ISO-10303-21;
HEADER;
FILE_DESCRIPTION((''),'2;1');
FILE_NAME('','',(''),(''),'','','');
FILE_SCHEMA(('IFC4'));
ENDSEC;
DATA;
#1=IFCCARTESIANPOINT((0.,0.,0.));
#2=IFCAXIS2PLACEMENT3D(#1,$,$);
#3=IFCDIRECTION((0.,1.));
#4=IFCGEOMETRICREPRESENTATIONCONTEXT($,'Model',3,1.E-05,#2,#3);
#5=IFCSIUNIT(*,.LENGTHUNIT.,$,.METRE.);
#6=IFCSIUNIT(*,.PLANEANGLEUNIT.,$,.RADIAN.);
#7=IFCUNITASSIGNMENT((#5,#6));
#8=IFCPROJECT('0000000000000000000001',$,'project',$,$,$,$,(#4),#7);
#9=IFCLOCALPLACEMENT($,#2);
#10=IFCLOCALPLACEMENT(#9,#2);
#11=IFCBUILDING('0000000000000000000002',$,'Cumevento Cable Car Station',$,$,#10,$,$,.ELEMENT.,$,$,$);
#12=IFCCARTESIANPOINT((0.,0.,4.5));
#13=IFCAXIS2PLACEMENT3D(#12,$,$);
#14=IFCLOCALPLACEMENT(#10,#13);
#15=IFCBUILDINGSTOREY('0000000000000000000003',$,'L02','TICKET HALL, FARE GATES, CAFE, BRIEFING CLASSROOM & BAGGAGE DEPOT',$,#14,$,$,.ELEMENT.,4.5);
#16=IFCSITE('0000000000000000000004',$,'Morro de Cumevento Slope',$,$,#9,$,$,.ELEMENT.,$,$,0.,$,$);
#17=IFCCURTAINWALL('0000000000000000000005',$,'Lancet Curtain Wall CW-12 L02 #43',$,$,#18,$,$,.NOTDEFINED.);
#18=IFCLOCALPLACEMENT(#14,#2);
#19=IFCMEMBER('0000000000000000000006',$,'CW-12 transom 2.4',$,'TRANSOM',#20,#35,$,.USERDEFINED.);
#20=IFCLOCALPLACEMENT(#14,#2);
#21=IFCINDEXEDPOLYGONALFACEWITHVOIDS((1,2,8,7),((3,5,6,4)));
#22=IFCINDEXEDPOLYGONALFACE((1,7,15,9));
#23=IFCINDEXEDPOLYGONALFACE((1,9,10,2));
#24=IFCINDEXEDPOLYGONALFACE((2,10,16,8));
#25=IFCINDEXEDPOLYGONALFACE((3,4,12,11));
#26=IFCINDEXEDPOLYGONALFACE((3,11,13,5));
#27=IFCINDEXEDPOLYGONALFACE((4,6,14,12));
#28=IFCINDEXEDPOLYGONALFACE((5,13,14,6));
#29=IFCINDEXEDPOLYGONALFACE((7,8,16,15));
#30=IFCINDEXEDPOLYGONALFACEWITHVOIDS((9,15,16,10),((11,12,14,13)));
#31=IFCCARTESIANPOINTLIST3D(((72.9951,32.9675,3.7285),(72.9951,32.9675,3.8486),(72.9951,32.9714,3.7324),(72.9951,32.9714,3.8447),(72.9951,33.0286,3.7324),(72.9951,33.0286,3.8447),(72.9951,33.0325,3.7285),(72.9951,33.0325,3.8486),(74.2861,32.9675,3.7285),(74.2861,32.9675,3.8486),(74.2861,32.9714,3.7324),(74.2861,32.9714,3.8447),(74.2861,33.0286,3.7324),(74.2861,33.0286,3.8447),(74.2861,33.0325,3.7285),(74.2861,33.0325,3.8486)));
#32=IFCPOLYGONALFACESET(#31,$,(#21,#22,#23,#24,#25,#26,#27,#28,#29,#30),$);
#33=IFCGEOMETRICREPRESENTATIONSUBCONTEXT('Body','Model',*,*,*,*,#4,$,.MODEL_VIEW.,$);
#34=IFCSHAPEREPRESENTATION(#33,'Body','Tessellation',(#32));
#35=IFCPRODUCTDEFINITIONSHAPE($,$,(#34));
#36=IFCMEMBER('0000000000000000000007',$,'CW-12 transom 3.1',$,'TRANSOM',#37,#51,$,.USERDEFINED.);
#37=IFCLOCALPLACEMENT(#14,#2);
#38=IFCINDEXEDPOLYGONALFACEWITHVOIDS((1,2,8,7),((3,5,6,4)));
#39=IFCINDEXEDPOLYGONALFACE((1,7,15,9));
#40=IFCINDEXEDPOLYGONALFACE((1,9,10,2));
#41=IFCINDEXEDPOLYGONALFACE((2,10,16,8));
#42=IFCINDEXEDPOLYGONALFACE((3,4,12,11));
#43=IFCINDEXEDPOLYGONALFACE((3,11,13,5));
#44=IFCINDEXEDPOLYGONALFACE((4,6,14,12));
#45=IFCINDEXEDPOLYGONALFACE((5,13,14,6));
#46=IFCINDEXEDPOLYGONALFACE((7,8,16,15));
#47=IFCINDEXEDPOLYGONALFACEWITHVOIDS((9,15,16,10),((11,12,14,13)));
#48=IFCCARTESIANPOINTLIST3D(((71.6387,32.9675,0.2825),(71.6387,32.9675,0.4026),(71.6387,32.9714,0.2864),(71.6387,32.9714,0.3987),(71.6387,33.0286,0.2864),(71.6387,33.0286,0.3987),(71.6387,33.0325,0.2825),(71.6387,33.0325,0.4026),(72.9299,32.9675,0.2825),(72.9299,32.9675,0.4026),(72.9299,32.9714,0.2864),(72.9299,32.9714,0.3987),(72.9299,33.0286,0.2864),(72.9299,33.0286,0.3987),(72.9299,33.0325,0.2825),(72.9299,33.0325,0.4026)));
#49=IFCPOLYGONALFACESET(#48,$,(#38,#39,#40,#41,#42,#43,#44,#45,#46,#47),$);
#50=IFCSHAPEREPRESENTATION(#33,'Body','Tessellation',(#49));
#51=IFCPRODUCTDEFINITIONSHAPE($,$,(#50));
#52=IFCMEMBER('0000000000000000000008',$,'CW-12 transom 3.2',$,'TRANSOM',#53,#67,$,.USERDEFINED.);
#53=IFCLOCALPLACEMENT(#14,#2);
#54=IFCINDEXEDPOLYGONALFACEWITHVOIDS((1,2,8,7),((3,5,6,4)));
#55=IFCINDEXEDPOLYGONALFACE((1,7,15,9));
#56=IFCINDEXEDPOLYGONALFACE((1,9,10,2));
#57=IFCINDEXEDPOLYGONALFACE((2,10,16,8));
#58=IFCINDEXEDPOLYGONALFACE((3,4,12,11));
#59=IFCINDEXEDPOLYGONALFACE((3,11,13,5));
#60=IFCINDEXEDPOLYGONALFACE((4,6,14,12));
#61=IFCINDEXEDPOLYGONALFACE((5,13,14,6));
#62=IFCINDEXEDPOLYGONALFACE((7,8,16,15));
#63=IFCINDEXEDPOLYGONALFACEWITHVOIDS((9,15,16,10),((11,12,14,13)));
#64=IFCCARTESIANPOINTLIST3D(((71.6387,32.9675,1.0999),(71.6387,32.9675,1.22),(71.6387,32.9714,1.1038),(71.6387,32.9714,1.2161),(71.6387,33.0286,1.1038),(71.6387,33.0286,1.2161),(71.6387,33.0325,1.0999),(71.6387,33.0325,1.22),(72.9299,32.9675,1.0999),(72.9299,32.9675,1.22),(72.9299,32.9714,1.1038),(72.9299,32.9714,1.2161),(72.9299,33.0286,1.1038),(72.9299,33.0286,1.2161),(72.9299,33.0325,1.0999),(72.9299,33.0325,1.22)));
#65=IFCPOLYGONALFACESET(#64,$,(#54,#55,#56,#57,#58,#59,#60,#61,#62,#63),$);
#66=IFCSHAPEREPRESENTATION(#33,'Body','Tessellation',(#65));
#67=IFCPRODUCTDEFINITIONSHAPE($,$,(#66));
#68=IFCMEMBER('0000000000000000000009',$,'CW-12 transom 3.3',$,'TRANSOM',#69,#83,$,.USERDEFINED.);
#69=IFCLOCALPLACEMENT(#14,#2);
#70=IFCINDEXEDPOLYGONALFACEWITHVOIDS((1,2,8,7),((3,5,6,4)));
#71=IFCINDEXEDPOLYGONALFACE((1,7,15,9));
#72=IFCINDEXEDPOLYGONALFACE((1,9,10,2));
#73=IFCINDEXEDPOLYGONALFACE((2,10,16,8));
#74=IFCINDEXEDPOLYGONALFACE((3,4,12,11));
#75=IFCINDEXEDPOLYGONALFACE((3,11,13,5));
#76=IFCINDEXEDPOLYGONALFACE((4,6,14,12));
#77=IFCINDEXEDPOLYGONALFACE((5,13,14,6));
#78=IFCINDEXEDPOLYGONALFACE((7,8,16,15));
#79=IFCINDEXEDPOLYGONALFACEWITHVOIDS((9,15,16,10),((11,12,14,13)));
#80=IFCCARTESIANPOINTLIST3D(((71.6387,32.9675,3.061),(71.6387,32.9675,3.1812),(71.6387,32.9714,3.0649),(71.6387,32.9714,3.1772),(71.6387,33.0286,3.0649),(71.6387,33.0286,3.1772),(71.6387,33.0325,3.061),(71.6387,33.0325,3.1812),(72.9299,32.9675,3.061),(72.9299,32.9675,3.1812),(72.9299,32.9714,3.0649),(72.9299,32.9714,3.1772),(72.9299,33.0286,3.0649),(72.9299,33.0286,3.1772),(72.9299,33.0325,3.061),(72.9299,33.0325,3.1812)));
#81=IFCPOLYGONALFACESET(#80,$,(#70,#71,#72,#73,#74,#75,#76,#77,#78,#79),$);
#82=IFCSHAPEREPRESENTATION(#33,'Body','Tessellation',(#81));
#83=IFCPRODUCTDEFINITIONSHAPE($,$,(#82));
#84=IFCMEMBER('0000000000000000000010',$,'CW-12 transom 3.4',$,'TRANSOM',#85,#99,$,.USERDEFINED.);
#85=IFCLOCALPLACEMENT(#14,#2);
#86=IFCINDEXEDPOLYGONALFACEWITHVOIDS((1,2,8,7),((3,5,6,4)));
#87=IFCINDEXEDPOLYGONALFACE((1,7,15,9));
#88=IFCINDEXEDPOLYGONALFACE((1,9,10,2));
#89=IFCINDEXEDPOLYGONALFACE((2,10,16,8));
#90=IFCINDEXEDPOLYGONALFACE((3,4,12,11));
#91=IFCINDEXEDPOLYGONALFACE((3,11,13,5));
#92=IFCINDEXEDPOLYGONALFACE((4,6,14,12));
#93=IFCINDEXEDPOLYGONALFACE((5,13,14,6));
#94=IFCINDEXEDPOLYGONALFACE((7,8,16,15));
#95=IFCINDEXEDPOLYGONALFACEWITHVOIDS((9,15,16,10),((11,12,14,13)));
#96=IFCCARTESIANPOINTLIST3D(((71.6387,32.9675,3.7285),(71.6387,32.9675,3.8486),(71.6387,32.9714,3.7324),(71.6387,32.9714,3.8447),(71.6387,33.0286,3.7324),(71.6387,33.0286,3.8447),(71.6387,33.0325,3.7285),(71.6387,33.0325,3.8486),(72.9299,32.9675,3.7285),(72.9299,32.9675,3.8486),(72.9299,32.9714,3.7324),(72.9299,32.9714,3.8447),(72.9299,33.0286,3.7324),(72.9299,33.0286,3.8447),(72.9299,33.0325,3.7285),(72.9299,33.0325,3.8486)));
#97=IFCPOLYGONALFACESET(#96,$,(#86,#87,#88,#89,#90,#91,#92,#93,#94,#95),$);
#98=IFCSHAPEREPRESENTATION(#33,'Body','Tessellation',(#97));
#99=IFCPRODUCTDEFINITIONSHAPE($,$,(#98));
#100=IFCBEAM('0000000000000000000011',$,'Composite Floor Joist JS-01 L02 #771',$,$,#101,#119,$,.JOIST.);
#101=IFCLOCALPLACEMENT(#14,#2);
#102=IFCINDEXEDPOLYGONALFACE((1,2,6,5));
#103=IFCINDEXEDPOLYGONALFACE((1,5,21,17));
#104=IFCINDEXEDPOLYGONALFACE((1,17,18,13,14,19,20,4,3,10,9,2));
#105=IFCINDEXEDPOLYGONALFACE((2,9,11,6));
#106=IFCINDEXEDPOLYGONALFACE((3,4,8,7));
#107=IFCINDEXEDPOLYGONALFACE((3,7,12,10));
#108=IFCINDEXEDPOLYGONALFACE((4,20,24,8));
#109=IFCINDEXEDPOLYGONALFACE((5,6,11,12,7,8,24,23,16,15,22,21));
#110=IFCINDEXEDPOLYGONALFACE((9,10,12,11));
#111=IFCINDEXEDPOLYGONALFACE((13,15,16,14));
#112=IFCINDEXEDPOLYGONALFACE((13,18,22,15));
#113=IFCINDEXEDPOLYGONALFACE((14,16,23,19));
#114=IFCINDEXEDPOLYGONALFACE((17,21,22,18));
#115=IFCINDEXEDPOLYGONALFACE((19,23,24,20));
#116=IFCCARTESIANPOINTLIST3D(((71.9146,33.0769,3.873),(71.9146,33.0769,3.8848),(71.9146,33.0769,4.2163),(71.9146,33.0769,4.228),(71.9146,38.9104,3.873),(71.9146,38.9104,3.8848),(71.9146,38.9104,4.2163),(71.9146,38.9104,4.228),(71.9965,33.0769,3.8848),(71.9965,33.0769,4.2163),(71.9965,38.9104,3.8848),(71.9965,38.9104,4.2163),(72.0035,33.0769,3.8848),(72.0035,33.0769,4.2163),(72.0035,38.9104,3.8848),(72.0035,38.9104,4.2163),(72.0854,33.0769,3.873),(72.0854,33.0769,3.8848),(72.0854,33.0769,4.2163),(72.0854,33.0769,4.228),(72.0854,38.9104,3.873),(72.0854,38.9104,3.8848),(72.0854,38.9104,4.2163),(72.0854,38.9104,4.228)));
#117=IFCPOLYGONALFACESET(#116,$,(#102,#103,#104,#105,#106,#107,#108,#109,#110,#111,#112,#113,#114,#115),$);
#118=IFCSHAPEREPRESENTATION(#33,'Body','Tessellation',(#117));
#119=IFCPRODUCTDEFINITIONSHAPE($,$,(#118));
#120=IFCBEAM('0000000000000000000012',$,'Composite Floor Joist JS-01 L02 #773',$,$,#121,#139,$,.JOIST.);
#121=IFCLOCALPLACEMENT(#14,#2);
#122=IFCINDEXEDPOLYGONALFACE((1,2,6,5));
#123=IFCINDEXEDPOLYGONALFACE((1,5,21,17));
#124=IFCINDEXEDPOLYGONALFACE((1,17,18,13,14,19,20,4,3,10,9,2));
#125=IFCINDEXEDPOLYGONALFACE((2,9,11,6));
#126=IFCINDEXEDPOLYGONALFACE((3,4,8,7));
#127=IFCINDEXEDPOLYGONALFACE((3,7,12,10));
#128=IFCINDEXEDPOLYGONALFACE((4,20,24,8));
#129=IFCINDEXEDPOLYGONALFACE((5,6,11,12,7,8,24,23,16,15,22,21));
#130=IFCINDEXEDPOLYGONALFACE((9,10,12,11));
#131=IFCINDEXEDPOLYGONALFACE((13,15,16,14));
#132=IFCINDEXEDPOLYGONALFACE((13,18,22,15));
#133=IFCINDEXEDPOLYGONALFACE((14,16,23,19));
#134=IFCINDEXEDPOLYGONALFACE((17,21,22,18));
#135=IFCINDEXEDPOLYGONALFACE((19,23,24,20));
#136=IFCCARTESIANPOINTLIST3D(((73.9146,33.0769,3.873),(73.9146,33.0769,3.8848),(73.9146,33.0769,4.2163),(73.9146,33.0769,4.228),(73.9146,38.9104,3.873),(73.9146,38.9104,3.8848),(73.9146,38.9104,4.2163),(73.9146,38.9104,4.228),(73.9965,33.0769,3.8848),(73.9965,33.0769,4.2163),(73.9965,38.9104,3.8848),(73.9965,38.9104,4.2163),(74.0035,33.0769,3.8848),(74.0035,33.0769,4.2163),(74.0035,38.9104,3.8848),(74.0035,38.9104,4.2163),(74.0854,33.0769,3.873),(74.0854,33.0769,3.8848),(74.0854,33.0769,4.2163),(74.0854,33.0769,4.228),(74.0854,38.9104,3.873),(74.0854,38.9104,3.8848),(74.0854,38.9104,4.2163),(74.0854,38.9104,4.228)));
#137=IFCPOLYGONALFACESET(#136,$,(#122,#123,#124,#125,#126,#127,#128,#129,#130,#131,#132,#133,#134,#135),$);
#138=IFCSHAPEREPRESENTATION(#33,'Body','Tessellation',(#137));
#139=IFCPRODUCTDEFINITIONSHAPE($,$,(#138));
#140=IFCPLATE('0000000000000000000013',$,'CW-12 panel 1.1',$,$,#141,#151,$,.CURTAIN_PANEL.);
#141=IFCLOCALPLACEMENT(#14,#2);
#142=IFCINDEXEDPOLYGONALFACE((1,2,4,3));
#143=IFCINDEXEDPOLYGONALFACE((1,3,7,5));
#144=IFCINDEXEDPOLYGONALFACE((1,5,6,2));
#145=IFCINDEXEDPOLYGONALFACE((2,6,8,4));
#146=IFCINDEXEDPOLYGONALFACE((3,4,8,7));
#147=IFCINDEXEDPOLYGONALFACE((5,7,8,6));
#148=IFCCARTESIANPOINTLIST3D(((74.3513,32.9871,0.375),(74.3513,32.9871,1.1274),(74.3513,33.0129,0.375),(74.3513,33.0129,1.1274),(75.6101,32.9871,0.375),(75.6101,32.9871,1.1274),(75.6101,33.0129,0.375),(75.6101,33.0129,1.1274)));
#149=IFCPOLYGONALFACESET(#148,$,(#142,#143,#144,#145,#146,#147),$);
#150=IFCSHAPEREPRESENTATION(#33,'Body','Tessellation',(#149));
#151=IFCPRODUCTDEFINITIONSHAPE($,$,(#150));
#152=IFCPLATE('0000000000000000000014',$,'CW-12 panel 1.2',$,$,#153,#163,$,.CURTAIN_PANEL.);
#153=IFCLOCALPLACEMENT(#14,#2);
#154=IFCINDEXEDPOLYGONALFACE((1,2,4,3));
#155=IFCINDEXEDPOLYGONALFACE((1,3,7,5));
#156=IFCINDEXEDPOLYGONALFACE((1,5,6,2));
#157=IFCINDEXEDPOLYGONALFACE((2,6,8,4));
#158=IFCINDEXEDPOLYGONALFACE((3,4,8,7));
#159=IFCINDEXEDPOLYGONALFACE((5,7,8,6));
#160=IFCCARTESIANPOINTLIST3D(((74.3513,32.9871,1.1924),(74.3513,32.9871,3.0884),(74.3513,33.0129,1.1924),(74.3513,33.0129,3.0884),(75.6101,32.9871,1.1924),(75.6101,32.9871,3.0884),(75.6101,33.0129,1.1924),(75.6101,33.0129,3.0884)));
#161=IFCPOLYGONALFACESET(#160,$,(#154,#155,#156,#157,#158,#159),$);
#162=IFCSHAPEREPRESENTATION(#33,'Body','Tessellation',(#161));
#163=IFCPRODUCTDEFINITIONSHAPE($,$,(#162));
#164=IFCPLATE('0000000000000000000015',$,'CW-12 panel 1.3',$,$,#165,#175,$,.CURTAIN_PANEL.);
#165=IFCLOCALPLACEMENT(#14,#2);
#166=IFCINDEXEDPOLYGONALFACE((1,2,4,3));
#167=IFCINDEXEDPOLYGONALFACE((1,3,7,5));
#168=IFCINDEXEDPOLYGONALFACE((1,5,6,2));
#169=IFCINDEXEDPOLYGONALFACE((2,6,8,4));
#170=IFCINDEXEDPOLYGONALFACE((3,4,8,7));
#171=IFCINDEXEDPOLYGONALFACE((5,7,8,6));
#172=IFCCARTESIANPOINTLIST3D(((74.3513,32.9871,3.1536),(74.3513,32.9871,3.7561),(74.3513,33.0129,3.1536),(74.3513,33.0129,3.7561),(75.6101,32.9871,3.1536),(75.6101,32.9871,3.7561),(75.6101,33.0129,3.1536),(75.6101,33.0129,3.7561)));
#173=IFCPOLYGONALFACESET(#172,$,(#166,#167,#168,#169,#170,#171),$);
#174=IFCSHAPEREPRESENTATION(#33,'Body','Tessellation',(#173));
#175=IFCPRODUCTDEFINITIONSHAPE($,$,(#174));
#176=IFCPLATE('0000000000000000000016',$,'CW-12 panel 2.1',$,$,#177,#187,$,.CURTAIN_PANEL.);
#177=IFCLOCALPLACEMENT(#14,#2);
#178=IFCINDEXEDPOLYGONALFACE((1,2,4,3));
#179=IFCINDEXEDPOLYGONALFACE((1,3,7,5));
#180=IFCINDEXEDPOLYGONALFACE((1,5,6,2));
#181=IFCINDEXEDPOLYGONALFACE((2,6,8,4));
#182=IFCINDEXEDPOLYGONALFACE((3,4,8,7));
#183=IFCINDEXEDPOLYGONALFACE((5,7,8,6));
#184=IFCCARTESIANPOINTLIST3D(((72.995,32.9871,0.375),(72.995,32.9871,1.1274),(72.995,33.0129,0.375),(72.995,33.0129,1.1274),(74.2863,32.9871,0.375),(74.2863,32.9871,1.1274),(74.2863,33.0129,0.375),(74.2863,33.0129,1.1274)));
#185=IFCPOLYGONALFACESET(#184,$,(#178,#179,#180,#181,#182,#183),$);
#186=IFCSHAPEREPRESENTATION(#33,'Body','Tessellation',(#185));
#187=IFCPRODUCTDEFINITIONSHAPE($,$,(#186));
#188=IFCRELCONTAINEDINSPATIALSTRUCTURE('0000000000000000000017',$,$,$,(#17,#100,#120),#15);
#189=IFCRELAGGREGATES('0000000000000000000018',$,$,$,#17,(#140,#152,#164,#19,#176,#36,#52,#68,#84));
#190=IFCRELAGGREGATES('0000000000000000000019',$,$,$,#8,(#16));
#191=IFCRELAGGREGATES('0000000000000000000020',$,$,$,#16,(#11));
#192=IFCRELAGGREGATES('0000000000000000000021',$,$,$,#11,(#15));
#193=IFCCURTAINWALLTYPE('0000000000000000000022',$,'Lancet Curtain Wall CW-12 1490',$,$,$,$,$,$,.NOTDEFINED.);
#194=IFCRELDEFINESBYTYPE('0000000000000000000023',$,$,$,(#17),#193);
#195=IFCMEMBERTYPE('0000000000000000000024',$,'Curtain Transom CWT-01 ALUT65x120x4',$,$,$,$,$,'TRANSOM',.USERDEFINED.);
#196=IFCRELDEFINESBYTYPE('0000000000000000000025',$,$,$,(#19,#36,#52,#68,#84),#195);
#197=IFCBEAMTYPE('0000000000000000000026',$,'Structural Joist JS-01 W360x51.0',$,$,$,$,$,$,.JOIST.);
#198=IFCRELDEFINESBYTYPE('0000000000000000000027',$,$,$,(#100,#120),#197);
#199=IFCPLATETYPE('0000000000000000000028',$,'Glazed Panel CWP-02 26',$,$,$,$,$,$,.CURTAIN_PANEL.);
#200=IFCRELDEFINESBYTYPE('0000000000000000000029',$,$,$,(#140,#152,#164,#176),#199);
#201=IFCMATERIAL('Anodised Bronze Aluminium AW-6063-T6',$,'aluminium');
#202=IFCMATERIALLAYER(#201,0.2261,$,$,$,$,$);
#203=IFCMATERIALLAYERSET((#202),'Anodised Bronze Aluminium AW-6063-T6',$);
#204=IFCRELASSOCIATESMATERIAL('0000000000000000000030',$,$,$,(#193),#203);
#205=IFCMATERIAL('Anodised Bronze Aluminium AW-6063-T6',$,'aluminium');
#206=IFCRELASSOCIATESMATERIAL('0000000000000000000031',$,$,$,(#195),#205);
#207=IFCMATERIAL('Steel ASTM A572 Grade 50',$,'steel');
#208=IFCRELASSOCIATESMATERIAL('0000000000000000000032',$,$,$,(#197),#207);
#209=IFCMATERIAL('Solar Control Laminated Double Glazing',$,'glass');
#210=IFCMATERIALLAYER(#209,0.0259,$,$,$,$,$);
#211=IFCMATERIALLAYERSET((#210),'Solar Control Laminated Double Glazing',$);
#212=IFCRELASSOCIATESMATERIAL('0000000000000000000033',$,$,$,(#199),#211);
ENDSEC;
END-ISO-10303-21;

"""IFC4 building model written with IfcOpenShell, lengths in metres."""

from ifc_helpers import new_model, si_unit, direction, frame, origin, origin_2d, place, context, subcontext, project, spatial, rectangle, hollow_rectangle, i_section, extrude, material, layer, layer_set, material_profile, profile_set, type_object, element, aggregate, save


model = new_model("IFC4")

# Units and contexts
model_context = context("Model", 3, precision=1e-05, world=origin(), true_north=direction((0.0, 1.0)))
body_context = subcontext(model_context, "Body", "Model", "MODEL_VIEW")
ifc_project = project(units=[si_unit("LENGTHUNIT", "METRE"), si_unit("PLANEANGLEUNIT", "RADIAN")], contexts=[model_context])

# Site, building, storey
site_placement = place(None, origin())
site = spatial("IfcSite", under=ifc_project, at=site_placement, Name="Morro de Cumevento Slope", CompositionType="ELEMENT", RefElevation=0.0)
building_placement = place(site_placement, origin())
building = spatial("IfcBuilding", under=site, at=building_placement, Name="Cumevento Cable Car Station", CompositionType="ELEMENT")
storey_placement = place(building_placement, frame((0.0, 0.0, 4.5)))
storey = spatial("IfcBuildingStorey", under=building, at=storey_placement, Name="L02", Description="TICKET HALL, FARE GATES, CAFE, BRIEFING CLASSROOM & BAGGAGE DEPOT", CompositionType="ELEMENT", Elevation=4.5)

# Curtain wall, members
ifc_material_1 = material(Name="Anodised Bronze Aluminium AW-6063-T6", Category="aluminium")
ifc_layer_1 = layer(ifc_material_1, 0.2261)
ifc_layer_set_1 = layer_set([ifc_layer_1], Name="Anodised Bronze Aluminium AW-6063-T6")
curtain_wall_type = type_object("IfcCurtainWallType", Name="Lancet Curtain Wall CW-12 1490", PredefinedType="NOTDEFINED", material=ifc_layer_set_1)
curtain_wall_placement = place(storey_placement, origin())
curtain_wall = element("IfcCurtainWall", 1, at=curtain_wall_placement, inside=storey, type_object=curtain_wall_type, Name="Lancet Curtain Wall CW-12 L02 #43", PredefinedType="NOTDEFINED")
ifc_material_2 = material(Name="Anodised Bronze Aluminium AW-6063-T6", Category="aluminium")
ifc_material_profile_1 = material_profile(ifc_material_2, hollow_rectangle(XDim=0.0649, YDim=0.1201, WallThickness=0.0039, at=origin_2d()), Name="ALUT65x120x4")
ifc_profile_set_1 = profile_set([ifc_material_profile_1], Name="Anodised Bronze Aluminium AW-6063-T6")
member_type_1 = type_object("IfcMemberType", Name="Curtain Transom CWT-01 ALUT65x120x4", ElementType="TRANSOM", PredefinedType="USERDEFINED", material=ifc_profile_set_1)
member_1_placement = place(storey_placement, frame((74.2861, 33.0, 3.7886), z_axis=(-1.0, 0.0, 0.0), x_axis=(0.0, -1.0, 0.0)))
member_1 = element("IfcMember", 2, at=member_1_placement, type_object=member_type_1, Name="CW-12 transom 2.4", ObjectType="TRANSOM", PredefinedType="USERDEFINED", context=body_context, shape_type="SweptSolid", body=[
    extrude(hollow_rectangle(XDim=0.0649, YDim=0.1201, WallThickness=0.0039, at=origin_2d()), origin(), (0.0, 0.0, 1.0), 1.291),
])
member_2_placement = place(storey_placement, frame((72.9299, 33.0, 0.3425), z_axis=(-1.0, 0.0, 0.0), x_axis=(0.0, -1.0, 0.0)))
member_2 = element("IfcMember", 3, at=member_2_placement, type_object=member_type_1, Name="CW-12 transom 3.1", ObjectType="TRANSOM", PredefinedType="USERDEFINED", context=body_context, shape_type="SweptSolid", body=[
    extrude(hollow_rectangle(XDim=0.0649, YDim=0.1201, WallThickness=0.0039, at=origin_2d()), origin(), (0.0, 0.0, 1.0), 1.2913),
])
member_3_placement = place(storey_placement, frame((72.9299, 33.0, 1.1599), z_axis=(-1.0, 0.0, 0.0), x_axis=(0.0, -1.0, 0.0)))
member_3 = element("IfcMember", 4, at=member_3_placement, type_object=member_type_1, Name="CW-12 transom 3.2", ObjectType="TRANSOM", PredefinedType="USERDEFINED", context=body_context, shape_type="SweptSolid", body=[
    extrude(hollow_rectangle(XDim=0.0649, YDim=0.1201, WallThickness=0.0039, at=origin_2d()), origin(), (0.0, 0.0, 1.0), 1.2913),
])
member_4_placement = place(storey_placement, frame((72.9299, 33.0, 3.1211), z_axis=(-1.0, 0.0, 0.0), x_axis=(0.0, -1.0, 0.0)))
member_4 = element("IfcMember", 5, at=member_4_placement, type_object=member_type_1, Name="CW-12 transom 3.3", ObjectType="TRANSOM", PredefinedType="USERDEFINED", context=body_context, shape_type="SweptSolid", body=[
    extrude(hollow_rectangle(XDim=0.0649, YDim=0.1201, WallThickness=0.0039, at=origin_2d()), origin(), (0.0, 0.0, 1.0), 1.2913),
])
member_5_placement = place(storey_placement, frame((72.9299, 33.0, 3.7886), z_axis=(-1.0, 0.0, 0.0), x_axis=(0.0, -1.0, 0.0)))
member_5 = element("IfcMember", 6, at=member_5_placement, type_object=member_type_1, Name="CW-12 transom 3.4", ObjectType="TRANSOM", PredefinedType="USERDEFINED", context=body_context, shape_type="SweptSolid", body=[
    extrude(hollow_rectangle(XDim=0.0649, YDim=0.1201, WallThickness=0.0039, at=origin_2d()), origin(), (0.0, 0.0, 1.0), 1.2913),
])

# Beams
ifc_material_3 = material(Name="Steel ASTM A572 Grade 50", Category="steel")
ifc_material_profile_2 = material_profile(ifc_material_3, i_section(OverallWidth=0.1709, OverallDepth=0.355, WebThickness=0.0071, FlangeThickness=0.0117, at=origin_2d()), Name="W360x51.0")
ifc_profile_set_2 = profile_set([ifc_material_profile_2], Name="Steel ASTM A572 Grade 50")
beam_type = type_object("IfcBeamType", Name="Structural Joist JS-01 W360x51.0", PredefinedType="JOIST", material=ifc_profile_set_2)
for number, where, z_axis, x_axis, name in (
    (7, (72.0, 33.0769, 4.0505), (0.0, 1.0, 0.0), (-1.0, 0.0, 0.0), "Composite Floor Joist JS-01 L02 #771"),
    (8, (74.0, 33.0769, 4.0505), (0.0, 1.0, 0.0), (-1.0, 0.0, 0.0), "Composite Floor Joist JS-01 L02 #773"),
):
    element("IfcBeam", number, at=place(storey_placement, frame(where, z_axis=z_axis, x_axis=x_axis)), inside=storey, type_object=beam_type, Name=name, PredefinedType="JOIST", context=body_context, shape_type="SweptSolid", body=[
        extrude(i_section(OverallWidth=0.1709, OverallDepth=0.355, WebThickness=0.0071, FlangeThickness=0.0117, at=origin_2d()), origin(), (0.0, 0.0, 1.0), 5.8335),
    ])

# Plates
ifc_material_4 = material(Name="Solar Control Laminated Double Glazing", Category="glass")
ifc_layer_2 = layer(ifc_material_4, 0.0259)
ifc_layer_set_2 = layer_set([ifc_layer_2], Name="Solar Control Laminated Double Glazing")
plate_type = type_object("IfcPlateType", Name="Glazed Panel CWP-02 26", PredefinedType="CURTAIN_PANEL", material=ifc_layer_set_2)
plate_1_placement = place(storey_placement, frame((74.9807, 33.0, 0.375), z_axis=(0.0, 0.0, 1.0), x_axis=(-1.0, 0.0, 0.0)))
plate_1 = element("IfcPlate", 9, at=plate_1_placement, type_object=plate_type, Name="CW-12 panel 1.1", PredefinedType="CURTAIN_PANEL", context=body_context, shape_type="SweptSolid", body=[
    extrude(rectangle(XDim=1.2588, YDim=0.0259, at=origin_2d()), origin(), (0.0, 0.0, 1.0), 0.7524),
])
plate_2_placement = place(storey_placement, frame((74.9807, 33.0, 1.1924), z_axis=(0.0, 0.0, 1.0), x_axis=(-1.0, 0.0, 0.0)))
plate_2 = element("IfcPlate", 10, at=plate_2_placement, type_object=plate_type, Name="CW-12 panel 1.2", PredefinedType="CURTAIN_PANEL", context=body_context, shape_type="SweptSolid", body=[
    extrude(rectangle(XDim=1.2588, YDim=0.0259, at=origin_2d()), origin(), (0.0, 0.0, 1.0), 1.896),
])
plate_3_placement = place(storey_placement, frame((74.9807, 33.0, 3.1536), z_axis=(0.0, 0.0, 1.0), x_axis=(-1.0, 0.0, 0.0)))
plate_3 = element("IfcPlate", 11, at=plate_3_placement, type_object=plate_type, Name="CW-12 panel 1.3", PredefinedType="CURTAIN_PANEL", context=body_context, shape_type="SweptSolid", body=[
    extrude(rectangle(XDim=1.2588, YDim=0.0259, at=origin_2d()), origin(), (0.0, 0.0, 1.0), 0.6025),
])
plate_4_placement = place(storey_placement, frame((73.6406, 33.0, 0.375), z_axis=(0.0, 0.0, 1.0), x_axis=(-1.0, 0.0, 0.0)))
plate_4 = element("IfcPlate", 12, at=plate_4_placement, type_object=plate_type, Name="CW-12 panel 2.1", PredefinedType="CURTAIN_PANEL", context=body_context, shape_type="SweptSolid", body=[
    extrude(rectangle(XDim=1.2913, YDim=0.0259, at=origin_2d()), origin(), (0.0, 0.0, 1.0), 0.7524),
])
aggregate(curtain_wall, [plate_1, plate_2, plate_3, member_1, plate_4, member_2, member_3, member_4, member_5])

save(model, "model.ifc")
